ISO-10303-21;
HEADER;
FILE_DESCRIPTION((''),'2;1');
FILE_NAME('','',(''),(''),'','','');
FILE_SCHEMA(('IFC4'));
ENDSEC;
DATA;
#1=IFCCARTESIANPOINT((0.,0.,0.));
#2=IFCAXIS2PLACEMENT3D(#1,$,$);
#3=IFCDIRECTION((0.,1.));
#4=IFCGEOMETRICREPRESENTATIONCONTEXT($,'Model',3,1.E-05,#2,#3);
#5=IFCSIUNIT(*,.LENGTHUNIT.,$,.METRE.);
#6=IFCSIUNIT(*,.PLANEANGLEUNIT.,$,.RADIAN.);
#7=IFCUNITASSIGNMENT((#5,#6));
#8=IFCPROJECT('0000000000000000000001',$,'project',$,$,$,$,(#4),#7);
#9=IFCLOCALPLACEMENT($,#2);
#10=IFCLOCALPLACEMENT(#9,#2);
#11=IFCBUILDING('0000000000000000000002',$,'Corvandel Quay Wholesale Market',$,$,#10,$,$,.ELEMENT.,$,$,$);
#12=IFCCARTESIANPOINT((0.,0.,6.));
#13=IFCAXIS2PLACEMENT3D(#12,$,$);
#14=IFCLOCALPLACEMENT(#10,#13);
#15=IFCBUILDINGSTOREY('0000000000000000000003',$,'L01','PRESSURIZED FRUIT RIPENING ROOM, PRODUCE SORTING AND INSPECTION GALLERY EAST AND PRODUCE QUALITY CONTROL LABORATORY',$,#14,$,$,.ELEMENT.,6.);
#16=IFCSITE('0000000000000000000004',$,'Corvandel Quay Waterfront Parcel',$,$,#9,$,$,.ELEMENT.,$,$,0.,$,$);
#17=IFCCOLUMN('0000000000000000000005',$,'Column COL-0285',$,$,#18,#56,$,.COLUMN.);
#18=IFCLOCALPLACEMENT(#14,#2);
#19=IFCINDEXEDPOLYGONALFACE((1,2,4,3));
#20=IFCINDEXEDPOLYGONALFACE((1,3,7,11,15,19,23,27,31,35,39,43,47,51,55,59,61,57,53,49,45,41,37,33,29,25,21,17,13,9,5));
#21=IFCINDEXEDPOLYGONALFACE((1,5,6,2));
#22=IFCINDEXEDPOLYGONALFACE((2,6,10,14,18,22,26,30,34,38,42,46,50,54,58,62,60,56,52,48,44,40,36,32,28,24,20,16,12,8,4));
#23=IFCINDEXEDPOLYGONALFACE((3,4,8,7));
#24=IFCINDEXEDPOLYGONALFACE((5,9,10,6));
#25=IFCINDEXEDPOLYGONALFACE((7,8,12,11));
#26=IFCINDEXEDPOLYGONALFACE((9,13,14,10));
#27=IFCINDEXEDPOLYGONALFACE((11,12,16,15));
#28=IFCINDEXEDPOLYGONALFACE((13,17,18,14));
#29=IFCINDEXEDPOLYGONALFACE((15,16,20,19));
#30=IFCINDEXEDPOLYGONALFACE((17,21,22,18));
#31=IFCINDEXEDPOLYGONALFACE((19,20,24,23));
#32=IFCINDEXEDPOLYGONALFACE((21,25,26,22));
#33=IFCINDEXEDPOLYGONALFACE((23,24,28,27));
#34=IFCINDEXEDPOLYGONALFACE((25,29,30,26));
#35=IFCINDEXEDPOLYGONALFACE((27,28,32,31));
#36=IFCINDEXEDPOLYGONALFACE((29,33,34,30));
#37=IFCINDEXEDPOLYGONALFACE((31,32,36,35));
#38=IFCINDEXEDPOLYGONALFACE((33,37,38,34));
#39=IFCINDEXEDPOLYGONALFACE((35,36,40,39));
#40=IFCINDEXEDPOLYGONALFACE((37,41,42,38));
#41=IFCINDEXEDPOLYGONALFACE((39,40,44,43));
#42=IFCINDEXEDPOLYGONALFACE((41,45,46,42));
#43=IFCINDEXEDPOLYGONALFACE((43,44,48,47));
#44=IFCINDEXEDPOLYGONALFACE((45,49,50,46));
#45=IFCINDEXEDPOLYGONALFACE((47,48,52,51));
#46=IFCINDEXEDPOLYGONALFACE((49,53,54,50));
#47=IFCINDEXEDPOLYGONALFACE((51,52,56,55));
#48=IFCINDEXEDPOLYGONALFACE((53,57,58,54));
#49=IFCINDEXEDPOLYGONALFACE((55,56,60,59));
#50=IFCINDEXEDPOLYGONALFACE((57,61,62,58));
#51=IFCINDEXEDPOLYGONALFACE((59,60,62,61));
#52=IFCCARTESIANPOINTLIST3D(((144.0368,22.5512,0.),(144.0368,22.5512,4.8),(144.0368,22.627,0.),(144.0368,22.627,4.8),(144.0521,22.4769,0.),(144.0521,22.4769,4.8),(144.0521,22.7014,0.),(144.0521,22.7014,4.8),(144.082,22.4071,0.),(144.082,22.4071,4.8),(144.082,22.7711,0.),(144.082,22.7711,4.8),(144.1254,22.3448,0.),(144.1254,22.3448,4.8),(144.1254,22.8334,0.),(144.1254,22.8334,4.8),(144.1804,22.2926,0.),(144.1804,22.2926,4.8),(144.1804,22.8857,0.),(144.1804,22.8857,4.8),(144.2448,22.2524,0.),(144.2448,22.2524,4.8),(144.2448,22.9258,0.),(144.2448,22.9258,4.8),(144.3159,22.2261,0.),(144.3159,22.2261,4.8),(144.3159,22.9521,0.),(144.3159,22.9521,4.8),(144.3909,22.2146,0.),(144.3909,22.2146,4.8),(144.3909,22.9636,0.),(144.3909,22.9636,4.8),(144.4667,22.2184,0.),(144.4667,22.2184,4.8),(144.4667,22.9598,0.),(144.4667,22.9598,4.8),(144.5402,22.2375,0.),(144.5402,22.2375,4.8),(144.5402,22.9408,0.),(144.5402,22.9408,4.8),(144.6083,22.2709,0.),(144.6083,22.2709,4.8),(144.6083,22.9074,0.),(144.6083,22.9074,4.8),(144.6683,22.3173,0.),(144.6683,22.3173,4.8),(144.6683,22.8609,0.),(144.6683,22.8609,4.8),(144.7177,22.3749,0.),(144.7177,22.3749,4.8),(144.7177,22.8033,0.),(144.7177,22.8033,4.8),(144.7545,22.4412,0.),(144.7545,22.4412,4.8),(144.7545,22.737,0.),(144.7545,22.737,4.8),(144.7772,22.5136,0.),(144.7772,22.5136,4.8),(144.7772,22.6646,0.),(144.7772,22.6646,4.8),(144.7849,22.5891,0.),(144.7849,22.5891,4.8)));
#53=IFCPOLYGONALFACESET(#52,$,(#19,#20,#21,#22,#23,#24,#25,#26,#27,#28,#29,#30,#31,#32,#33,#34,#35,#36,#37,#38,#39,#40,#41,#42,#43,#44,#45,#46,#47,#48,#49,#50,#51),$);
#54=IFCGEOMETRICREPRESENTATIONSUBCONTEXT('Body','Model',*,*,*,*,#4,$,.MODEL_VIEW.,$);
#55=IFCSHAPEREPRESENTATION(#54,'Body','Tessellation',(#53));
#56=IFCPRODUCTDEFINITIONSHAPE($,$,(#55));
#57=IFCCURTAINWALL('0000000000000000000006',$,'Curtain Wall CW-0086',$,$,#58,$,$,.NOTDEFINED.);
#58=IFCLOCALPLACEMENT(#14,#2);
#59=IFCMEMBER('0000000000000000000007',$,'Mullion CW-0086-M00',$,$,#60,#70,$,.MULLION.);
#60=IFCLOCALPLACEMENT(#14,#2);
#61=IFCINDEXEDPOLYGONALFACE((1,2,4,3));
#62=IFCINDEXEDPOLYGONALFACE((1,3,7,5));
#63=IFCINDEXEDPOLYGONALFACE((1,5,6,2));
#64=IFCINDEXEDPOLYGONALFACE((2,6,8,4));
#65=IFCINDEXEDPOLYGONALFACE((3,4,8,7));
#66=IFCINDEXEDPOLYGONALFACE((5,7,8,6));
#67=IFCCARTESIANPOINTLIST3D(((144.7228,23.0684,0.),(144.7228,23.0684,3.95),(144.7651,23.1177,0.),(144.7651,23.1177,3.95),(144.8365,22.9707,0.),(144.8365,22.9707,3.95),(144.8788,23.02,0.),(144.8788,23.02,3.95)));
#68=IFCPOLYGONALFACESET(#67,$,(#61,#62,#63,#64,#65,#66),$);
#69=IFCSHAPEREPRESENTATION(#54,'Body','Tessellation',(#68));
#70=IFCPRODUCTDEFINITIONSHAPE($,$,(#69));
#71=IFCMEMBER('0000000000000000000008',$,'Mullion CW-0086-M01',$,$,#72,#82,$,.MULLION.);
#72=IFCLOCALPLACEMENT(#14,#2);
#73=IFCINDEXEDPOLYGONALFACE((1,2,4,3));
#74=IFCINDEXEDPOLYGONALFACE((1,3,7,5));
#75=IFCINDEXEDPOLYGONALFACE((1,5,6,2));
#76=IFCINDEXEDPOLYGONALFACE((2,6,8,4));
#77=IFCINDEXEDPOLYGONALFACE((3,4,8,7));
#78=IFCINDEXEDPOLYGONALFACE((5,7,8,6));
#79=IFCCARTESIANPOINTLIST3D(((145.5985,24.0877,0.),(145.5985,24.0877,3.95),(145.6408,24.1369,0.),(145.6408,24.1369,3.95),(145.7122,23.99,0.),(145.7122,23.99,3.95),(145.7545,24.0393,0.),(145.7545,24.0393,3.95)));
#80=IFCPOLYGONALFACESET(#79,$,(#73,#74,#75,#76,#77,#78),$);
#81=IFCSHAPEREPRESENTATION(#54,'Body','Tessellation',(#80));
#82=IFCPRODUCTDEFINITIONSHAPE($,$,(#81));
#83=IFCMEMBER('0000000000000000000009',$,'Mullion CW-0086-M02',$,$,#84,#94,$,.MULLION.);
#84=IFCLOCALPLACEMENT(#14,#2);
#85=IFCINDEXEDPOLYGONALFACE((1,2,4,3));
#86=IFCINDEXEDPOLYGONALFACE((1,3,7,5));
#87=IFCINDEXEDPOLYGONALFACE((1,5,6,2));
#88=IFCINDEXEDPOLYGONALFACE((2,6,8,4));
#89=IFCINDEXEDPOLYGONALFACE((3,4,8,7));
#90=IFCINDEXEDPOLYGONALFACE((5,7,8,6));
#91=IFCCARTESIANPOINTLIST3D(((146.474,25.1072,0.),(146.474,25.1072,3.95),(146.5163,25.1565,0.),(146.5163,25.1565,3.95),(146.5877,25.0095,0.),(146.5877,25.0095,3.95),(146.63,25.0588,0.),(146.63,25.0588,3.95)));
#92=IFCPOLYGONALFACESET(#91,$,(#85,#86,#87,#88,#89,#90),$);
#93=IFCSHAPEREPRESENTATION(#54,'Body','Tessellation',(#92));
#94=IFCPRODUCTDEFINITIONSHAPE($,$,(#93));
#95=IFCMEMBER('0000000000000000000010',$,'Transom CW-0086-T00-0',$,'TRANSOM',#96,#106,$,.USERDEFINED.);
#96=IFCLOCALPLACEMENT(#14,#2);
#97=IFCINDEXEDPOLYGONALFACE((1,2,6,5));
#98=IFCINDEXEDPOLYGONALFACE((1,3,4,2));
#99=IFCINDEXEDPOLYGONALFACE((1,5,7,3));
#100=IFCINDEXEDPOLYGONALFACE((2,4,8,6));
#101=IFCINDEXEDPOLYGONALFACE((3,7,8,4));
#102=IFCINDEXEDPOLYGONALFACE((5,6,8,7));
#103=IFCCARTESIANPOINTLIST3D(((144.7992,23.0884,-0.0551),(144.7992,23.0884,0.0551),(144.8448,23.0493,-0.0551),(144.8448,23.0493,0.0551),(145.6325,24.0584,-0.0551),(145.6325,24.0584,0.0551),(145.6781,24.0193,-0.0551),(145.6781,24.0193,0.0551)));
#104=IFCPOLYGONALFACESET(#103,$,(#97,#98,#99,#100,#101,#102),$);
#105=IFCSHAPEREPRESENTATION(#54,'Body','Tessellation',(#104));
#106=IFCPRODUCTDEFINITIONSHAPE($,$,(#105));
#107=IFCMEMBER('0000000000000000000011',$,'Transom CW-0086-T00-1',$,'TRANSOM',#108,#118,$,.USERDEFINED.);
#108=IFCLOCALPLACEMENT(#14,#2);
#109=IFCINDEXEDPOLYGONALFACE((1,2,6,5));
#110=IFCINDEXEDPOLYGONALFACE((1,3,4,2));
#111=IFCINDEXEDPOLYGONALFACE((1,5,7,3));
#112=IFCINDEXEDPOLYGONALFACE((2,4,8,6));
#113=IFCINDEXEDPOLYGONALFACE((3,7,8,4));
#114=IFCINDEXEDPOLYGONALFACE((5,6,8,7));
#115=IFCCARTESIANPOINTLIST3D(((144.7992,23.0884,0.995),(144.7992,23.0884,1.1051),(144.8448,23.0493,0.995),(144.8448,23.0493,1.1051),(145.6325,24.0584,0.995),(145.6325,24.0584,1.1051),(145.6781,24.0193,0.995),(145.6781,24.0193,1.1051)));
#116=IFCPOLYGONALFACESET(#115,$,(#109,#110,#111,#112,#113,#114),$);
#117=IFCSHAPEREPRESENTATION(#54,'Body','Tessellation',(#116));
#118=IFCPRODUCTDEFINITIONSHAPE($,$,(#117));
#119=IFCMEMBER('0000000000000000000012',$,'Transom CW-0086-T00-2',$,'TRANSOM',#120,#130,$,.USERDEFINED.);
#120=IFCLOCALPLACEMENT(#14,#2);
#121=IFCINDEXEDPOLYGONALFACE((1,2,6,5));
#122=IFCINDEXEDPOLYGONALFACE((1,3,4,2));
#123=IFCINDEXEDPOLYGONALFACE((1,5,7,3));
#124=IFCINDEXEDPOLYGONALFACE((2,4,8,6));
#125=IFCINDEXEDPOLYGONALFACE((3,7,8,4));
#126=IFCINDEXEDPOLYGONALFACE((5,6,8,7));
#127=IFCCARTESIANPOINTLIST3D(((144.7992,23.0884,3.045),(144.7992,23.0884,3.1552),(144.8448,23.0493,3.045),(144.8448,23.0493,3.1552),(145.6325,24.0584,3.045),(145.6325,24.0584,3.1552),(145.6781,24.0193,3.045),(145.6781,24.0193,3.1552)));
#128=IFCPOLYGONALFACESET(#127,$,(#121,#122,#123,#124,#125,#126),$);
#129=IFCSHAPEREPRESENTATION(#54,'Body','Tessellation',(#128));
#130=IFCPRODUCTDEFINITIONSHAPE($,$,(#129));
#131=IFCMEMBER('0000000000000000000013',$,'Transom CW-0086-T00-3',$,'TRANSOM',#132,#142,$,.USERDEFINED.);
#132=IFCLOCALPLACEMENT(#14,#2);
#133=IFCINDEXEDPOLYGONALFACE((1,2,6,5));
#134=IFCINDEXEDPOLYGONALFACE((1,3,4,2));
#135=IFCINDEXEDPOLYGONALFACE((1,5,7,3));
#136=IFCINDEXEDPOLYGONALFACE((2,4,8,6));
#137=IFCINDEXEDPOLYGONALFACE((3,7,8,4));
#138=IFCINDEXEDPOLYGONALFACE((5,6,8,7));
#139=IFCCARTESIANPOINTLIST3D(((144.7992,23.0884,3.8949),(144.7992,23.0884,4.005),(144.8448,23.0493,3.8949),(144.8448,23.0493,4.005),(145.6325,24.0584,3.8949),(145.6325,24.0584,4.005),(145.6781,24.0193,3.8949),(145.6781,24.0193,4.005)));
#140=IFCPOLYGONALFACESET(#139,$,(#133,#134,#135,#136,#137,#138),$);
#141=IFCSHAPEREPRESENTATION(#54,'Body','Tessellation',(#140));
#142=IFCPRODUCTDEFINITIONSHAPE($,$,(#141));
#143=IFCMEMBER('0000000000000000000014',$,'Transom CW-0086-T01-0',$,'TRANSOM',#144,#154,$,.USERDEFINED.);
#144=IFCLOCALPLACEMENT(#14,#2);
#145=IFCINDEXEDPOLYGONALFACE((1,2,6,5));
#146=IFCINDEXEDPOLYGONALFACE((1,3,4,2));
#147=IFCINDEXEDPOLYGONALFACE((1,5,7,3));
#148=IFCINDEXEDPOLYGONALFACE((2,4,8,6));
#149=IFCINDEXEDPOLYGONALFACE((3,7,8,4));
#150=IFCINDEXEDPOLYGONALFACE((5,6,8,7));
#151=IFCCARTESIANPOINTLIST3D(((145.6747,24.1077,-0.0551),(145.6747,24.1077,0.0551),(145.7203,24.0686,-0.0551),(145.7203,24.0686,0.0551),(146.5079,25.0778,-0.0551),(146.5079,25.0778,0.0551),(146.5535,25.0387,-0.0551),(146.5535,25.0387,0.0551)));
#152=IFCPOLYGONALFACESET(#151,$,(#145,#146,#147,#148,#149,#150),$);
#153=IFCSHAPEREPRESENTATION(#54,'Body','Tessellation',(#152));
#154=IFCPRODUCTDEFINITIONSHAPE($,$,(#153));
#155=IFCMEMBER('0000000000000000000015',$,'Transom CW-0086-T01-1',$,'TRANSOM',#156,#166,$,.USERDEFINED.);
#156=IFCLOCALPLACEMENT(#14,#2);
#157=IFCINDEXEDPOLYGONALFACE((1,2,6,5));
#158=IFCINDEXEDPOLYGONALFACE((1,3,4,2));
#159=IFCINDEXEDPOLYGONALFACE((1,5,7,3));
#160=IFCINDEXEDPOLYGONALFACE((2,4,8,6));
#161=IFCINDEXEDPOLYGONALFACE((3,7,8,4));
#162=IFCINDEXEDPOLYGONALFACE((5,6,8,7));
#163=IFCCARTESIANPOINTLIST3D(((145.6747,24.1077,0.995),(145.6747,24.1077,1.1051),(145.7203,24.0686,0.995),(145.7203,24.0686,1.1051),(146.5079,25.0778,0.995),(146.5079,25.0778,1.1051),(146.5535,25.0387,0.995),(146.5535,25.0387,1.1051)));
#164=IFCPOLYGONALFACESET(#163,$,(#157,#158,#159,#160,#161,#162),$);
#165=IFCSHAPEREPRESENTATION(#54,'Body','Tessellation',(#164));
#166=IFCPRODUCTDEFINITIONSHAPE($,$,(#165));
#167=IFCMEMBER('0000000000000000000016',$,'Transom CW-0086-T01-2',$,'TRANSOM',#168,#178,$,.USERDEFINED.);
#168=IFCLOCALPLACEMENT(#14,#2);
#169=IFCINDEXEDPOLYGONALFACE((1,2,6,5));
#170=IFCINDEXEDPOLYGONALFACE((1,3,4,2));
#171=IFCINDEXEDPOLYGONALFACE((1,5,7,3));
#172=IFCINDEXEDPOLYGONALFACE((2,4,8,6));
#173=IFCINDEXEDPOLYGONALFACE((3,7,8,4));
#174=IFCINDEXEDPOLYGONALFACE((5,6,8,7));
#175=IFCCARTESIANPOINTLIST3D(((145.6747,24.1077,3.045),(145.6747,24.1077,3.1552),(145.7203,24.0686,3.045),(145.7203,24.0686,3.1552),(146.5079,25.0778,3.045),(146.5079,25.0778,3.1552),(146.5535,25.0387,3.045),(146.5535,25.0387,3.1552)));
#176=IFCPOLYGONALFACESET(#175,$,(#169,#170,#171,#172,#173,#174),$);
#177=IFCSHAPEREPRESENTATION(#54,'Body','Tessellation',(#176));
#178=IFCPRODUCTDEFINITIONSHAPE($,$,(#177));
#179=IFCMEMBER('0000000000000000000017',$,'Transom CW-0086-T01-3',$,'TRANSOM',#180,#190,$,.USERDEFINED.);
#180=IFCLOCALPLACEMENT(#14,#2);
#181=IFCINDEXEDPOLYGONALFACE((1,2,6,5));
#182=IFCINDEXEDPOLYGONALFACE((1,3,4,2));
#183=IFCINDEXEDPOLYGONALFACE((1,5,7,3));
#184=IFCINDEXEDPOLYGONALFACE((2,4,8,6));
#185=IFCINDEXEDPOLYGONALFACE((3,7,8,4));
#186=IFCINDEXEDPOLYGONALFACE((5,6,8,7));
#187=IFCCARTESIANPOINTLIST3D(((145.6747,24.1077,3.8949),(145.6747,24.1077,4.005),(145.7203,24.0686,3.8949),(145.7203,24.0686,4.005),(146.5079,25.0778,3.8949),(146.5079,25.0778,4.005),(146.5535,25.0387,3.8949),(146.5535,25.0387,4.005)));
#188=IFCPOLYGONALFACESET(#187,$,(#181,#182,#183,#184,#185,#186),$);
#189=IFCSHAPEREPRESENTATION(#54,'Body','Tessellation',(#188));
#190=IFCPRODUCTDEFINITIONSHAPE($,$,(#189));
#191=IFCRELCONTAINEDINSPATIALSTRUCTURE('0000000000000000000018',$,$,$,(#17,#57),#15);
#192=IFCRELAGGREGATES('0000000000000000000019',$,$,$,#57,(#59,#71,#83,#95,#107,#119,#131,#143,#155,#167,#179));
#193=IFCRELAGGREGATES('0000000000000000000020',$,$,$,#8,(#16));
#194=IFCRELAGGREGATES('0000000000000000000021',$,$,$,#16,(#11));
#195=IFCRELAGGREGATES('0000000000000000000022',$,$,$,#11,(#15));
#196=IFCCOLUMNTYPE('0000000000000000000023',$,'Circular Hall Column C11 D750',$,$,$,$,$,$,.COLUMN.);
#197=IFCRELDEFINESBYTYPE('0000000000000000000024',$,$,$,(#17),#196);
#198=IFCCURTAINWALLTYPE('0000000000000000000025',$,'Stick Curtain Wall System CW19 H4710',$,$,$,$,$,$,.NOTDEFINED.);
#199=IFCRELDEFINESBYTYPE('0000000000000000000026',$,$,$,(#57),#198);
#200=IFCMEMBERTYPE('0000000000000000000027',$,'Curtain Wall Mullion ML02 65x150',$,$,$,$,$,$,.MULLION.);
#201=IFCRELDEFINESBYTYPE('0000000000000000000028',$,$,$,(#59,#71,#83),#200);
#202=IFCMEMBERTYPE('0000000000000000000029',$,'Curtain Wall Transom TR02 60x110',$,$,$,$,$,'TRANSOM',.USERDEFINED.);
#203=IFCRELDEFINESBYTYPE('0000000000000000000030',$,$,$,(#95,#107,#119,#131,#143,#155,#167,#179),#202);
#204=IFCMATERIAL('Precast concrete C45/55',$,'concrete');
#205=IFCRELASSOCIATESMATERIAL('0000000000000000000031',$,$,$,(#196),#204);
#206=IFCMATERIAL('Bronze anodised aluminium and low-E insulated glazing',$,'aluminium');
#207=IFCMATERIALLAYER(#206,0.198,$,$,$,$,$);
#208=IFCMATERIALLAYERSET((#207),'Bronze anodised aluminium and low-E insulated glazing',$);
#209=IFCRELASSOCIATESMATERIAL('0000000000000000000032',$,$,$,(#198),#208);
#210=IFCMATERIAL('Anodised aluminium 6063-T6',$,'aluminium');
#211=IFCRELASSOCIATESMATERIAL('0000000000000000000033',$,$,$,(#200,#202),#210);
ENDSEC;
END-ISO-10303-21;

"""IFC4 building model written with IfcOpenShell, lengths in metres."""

from ifc_helpers import new_model, si_unit, direction, frame, origin, origin_2d, place, context, subcontext, project, spatial, rectangle, circle, extrude, material, layer, layer_set, material_profile, profile_set, type_object, element, aggregate, save


model = new_model("IFC4")

# Units and contexts
model_context = context("Model", 3, precision=1e-05, world=origin(), true_north=direction((0.0, 1.0)))
body_context = subcontext(model_context, "Body", "Model", "MODEL_VIEW")
ifc_project = project(units=[si_unit("LENGTHUNIT", "METRE"), si_unit("PLANEANGLEUNIT", "RADIAN")], contexts=[model_context])

# Site, building, storey
site_placement = place(None, origin())
site = spatial("IfcSite", under=ifc_project, at=site_placement, Name="Corvandel Quay Waterfront Parcel", CompositionType="ELEMENT", RefElevation=0.0)
building_placement = place(site_placement, origin())
building = spatial("IfcBuilding", under=site, at=building_placement, Name="Corvandel Quay Wholesale Market", CompositionType="ELEMENT")
storey_placement = place(building_placement, frame((0.0, 0.0, 6.0)))
storey = spatial("IfcBuildingStorey", under=building, at=storey_placement, Name="L01", Description="PRESSURIZED FRUIT RIPENING ROOM, PRODUCE SORTING AND INSPECTION GALLERY EAST AND PRODUCE QUALITY CONTROL LABORATORY", CompositionType="ELEMENT", Elevation=6.0)

# Column
ifc_material_1 = material(Name="Precast concrete C45/55", Category="concrete")
ifc_material_profile_1 = material_profile(ifc_material_1, circle(Radius=0.375, at=origin_2d()), Name="PC-COL-D750")
ifc_profile_set_1 = profile_set([ifc_material_profile_1], Name="Precast concrete C45/55")
column_type = type_object("IfcColumnType", Name="Circular Hall Column C11 D750", PredefinedType="COLUMN", material=ifc_profile_set_1)
column_placement = place(storey_placement, frame((144.4099, 22.5891, 0.0), z_axis=(0.0, 0.0, 1.0), x_axis=(1.0, 0.0, 0.0)))
element("IfcColumn", 1, at=column_placement, inside=storey, type_object=column_type, Name="Column COL-0285", PredefinedType="COLUMN", context=body_context, shape_type="SweptSolid", body=[
    extrude(circle(Radius=0.375, at=origin_2d()), origin(), (0.0, 0.0, 1.0), 4.8),
])

# Curtain wall, members
ifc_material_2 = material(Name="Bronze anodised aluminium and low-E insulated glazing", Category="aluminium")
ifc_layer_1 = layer(ifc_material_2, 0.198)
ifc_layer_set_1 = layer_set([ifc_layer_1], Name="Bronze anodised aluminium and low-E insulated glazing")
curtain_wall_type = type_object("IfcCurtainWallType", Name="Stick Curtain Wall System CW19 H4710", PredefinedType="NOTDEFINED", material=ifc_layer_set_1)
curtain_wall_placement = place(storey_placement, origin())
curtain_wall = element("IfcCurtainWall", 2, at=curtain_wall_placement, inside=storey, type_object=curtain_wall_type, Name="Curtain Wall CW-0086", PredefinedType="NOTDEFINED")
ifc_material_3 = material(Name="Anodised aluminium 6063-T6", Category="aluminium")
ifc_material_profile_2 = material_profile(ifc_material_3, rectangle(XDim=0.0649, YDim=0.1499, at=origin_2d()), Name="ALU-MUL-65x150")
ifc_profile_set_2 = profile_set([ifc_material_profile_2], Name="Anodised aluminium 6063-T6")
member_type_1 = type_object("IfcMemberType", Name="Curtain Wall Mullion ML02 65x150", PredefinedType="MULLION", material=ifc_profile_set_2)
member_1_placement = place(storey_placement, frame((144.8008, 23.0442, 0.0), z_axis=(0.0, 0.0, 1.0), x_axis=(0.651569, 0.758589, 0.0)))
member_1 = element("IfcMember", 3, at=member_1_placement, type_object=member_type_1, Name="Mullion CW-0086-M00", PredefinedType="MULLION", context=body_context, shape_type="SweptSolid", body=[
    extrude(rectangle(XDim=0.0649, YDim=0.1499, at=origin_2d()), origin(), (0.0, 0.0, 1.0), 3.95),
])
member_2_placement = place(storey_placement, frame((145.6765, 24.0635, 0.0), z_axis=(0.0, 0.0, 1.0), x_axis=(0.651569, 0.758589, 0.0)))
member_2 = element("IfcMember", 4, at=member_2_placement, type_object=member_type_1, Name="Mullion CW-0086-M01", PredefinedType="MULLION", context=body_context, shape_type="SweptSolid", body=[
    extrude(rectangle(XDim=0.0649, YDim=0.1499, at=origin_2d()), origin(), (0.0, 0.0, 1.0), 3.95),
])
member_3_placement = place(storey_placement, frame((146.552, 25.083, 0.0), z_axis=(0.0, 0.0, 1.0), x_axis=(0.651569, 0.758589, 0.0)))
member_3 = element("IfcMember", 5, at=member_3_placement, type_object=member_type_1, Name="Mullion CW-0086-M02", PredefinedType="MULLION", context=body_context, shape_type="SweptSolid", body=[
    extrude(rectangle(XDim=0.0649, YDim=0.1499, at=origin_2d()), origin(), (0.0, 0.0, 1.0), 3.95),
])
ifc_material_profile_3 = material_profile(ifc_material_3, rectangle(XDim=0.0601, YDim=0.1101, at=origin_2d()), Name="ALU-TRN-60x110")
ifc_profile_set_3 = profile_set([ifc_material_profile_3], Name="Anodised aluminium 6063-T6")
member_type_2 = type_object("IfcMemberType", Name="Curtain Wall Transom TR02 60x110", ElementType="TRANSOM", PredefinedType="USERDEFINED", material=ifc_profile_set_3)
member_4_placement = place(storey_placement, frame((144.822, 23.0688, 0.0), z_axis=(0.651624, 0.758542, 0.0), x_axis=(-0.758542, 0.651624, 0.0)))
member_4 = element("IfcMember", 6, at=member_4_placement, type_object=member_type_2, Name="Transom CW-0086-T00-0", ObjectType="TRANSOM", PredefinedType="USERDEFINED", context=body_context, shape_type="SweptSolid", body=[
    extrude(rectangle(XDim=0.0601, YDim=0.1101, at=origin_2d()), origin(), (0.0, 0.0, 1.0), 1.2788),
])
member_5_placement = place(storey_placement, frame((144.822, 23.0688, 1.05), z_axis=(0.651624, 0.758542, 0.0), x_axis=(-0.758542, 0.651624, 0.0)))
member_5 = element("IfcMember", 7, at=member_5_placement, type_object=member_type_2, Name="Transom CW-0086-T00-1", ObjectType="TRANSOM", PredefinedType="USERDEFINED", context=body_context, shape_type="SweptSolid", body=[
    extrude(rectangle(XDim=0.0601, YDim=0.1101, at=origin_2d()), origin(), (0.0, 0.0, 1.0), 1.2788),
])
member_6_placement = place(storey_placement, frame((144.822, 23.0688, 3.1001), z_axis=(0.651624, 0.758542, 0.0), x_axis=(-0.758542, 0.651624, 0.0)))
member_6 = element("IfcMember", 8, at=member_6_placement, type_object=member_type_2, Name="Transom CW-0086-T00-2", ObjectType="TRANSOM", PredefinedType="USERDEFINED", context=body_context, shape_type="SweptSolid", body=[
    extrude(rectangle(XDim=0.0601, YDim=0.1101, at=origin_2d()), origin(), (0.0, 0.0, 1.0), 1.2788),
])
member_7_placement = place(storey_placement, frame((144.822, 23.0688, 3.95), z_axis=(0.651624, 0.758542, 0.0), x_axis=(-0.758542, 0.651624, 0.0)))
member_7 = element("IfcMember", 9, at=member_7_placement, type_object=member_type_2, Name="Transom CW-0086-T00-3", ObjectType="TRANSOM", PredefinedType="USERDEFINED", context=body_context, shape_type="SweptSolid", body=[
    extrude(rectangle(XDim=0.0601, YDim=0.1101, at=origin_2d()), origin(), (0.0, 0.0, 1.0), 1.2788),
])
member_8_placement = place(storey_placement, frame((145.6975, 24.0881, 0.0), z_axis=(0.65153, 0.758623, 0.0), x_axis=(-0.758623, 0.65153, 0.0)))
member_8 = element("IfcMember", 10, at=member_8_placement, type_object=member_type_2, Name="Transom CW-0086-T01-0", ObjectType="TRANSOM", PredefinedType="USERDEFINED", context=body_context, shape_type="SweptSolid", body=[
    extrude(rectangle(XDim=0.0601, YDim=0.1101, at=origin_2d()), origin(), (0.0, 0.0, 1.0), 1.2788),
])
member_9_placement = place(storey_placement, frame((145.6975, 24.0881, 1.05), z_axis=(0.65153, 0.758623, 0.0), x_axis=(-0.758623, 0.65153, 0.0)))
member_9 = element("IfcMember", 11, at=member_9_placement, type_object=member_type_2, Name="Transom CW-0086-T01-1", ObjectType="TRANSOM", PredefinedType="USERDEFINED", context=body_context, shape_type="SweptSolid", body=[
    extrude(rectangle(XDim=0.0601, YDim=0.1101, at=origin_2d()), origin(), (0.0, 0.0, 1.0), 1.2788),
])
member_10_placement = place(storey_placement, frame((145.6975, 24.0881, 3.1001), z_axis=(0.65153, 0.758623, 0.0), x_axis=(-0.758623, 0.65153, 0.0)))
member_10 = element("IfcMember", 12, at=member_10_placement, type_object=member_type_2, Name="Transom CW-0086-T01-2", ObjectType="TRANSOM", PredefinedType="USERDEFINED", context=body_context, shape_type="SweptSolid", body=[
    extrude(rectangle(XDim=0.0601, YDim=0.1101, at=origin_2d()), origin(), (0.0, 0.0, 1.0), 1.2788),
])
member_11_placement = place(storey_placement, frame((145.6975, 24.0881, 3.95), z_axis=(0.65153, 0.758623, 0.0), x_axis=(-0.758623, 0.65153, 0.0)))
member_11 = element("IfcMember", 13, at=member_11_placement, type_object=member_type_2, Name="Transom CW-0086-T01-3", ObjectType="TRANSOM", PredefinedType="USERDEFINED", context=body_context, shape_type="SweptSolid", body=[
    extrude(rectangle(XDim=0.0601, YDim=0.1101, at=origin_2d()), origin(), (0.0, 0.0, 1.0), 1.2788),
])

aggregate(curtain_wall, [member_1, member_2, member_3, member_4, member_5, member_6, member_7, member_8, member_9, member_10, member_11])

save(model, "model.ifc")
